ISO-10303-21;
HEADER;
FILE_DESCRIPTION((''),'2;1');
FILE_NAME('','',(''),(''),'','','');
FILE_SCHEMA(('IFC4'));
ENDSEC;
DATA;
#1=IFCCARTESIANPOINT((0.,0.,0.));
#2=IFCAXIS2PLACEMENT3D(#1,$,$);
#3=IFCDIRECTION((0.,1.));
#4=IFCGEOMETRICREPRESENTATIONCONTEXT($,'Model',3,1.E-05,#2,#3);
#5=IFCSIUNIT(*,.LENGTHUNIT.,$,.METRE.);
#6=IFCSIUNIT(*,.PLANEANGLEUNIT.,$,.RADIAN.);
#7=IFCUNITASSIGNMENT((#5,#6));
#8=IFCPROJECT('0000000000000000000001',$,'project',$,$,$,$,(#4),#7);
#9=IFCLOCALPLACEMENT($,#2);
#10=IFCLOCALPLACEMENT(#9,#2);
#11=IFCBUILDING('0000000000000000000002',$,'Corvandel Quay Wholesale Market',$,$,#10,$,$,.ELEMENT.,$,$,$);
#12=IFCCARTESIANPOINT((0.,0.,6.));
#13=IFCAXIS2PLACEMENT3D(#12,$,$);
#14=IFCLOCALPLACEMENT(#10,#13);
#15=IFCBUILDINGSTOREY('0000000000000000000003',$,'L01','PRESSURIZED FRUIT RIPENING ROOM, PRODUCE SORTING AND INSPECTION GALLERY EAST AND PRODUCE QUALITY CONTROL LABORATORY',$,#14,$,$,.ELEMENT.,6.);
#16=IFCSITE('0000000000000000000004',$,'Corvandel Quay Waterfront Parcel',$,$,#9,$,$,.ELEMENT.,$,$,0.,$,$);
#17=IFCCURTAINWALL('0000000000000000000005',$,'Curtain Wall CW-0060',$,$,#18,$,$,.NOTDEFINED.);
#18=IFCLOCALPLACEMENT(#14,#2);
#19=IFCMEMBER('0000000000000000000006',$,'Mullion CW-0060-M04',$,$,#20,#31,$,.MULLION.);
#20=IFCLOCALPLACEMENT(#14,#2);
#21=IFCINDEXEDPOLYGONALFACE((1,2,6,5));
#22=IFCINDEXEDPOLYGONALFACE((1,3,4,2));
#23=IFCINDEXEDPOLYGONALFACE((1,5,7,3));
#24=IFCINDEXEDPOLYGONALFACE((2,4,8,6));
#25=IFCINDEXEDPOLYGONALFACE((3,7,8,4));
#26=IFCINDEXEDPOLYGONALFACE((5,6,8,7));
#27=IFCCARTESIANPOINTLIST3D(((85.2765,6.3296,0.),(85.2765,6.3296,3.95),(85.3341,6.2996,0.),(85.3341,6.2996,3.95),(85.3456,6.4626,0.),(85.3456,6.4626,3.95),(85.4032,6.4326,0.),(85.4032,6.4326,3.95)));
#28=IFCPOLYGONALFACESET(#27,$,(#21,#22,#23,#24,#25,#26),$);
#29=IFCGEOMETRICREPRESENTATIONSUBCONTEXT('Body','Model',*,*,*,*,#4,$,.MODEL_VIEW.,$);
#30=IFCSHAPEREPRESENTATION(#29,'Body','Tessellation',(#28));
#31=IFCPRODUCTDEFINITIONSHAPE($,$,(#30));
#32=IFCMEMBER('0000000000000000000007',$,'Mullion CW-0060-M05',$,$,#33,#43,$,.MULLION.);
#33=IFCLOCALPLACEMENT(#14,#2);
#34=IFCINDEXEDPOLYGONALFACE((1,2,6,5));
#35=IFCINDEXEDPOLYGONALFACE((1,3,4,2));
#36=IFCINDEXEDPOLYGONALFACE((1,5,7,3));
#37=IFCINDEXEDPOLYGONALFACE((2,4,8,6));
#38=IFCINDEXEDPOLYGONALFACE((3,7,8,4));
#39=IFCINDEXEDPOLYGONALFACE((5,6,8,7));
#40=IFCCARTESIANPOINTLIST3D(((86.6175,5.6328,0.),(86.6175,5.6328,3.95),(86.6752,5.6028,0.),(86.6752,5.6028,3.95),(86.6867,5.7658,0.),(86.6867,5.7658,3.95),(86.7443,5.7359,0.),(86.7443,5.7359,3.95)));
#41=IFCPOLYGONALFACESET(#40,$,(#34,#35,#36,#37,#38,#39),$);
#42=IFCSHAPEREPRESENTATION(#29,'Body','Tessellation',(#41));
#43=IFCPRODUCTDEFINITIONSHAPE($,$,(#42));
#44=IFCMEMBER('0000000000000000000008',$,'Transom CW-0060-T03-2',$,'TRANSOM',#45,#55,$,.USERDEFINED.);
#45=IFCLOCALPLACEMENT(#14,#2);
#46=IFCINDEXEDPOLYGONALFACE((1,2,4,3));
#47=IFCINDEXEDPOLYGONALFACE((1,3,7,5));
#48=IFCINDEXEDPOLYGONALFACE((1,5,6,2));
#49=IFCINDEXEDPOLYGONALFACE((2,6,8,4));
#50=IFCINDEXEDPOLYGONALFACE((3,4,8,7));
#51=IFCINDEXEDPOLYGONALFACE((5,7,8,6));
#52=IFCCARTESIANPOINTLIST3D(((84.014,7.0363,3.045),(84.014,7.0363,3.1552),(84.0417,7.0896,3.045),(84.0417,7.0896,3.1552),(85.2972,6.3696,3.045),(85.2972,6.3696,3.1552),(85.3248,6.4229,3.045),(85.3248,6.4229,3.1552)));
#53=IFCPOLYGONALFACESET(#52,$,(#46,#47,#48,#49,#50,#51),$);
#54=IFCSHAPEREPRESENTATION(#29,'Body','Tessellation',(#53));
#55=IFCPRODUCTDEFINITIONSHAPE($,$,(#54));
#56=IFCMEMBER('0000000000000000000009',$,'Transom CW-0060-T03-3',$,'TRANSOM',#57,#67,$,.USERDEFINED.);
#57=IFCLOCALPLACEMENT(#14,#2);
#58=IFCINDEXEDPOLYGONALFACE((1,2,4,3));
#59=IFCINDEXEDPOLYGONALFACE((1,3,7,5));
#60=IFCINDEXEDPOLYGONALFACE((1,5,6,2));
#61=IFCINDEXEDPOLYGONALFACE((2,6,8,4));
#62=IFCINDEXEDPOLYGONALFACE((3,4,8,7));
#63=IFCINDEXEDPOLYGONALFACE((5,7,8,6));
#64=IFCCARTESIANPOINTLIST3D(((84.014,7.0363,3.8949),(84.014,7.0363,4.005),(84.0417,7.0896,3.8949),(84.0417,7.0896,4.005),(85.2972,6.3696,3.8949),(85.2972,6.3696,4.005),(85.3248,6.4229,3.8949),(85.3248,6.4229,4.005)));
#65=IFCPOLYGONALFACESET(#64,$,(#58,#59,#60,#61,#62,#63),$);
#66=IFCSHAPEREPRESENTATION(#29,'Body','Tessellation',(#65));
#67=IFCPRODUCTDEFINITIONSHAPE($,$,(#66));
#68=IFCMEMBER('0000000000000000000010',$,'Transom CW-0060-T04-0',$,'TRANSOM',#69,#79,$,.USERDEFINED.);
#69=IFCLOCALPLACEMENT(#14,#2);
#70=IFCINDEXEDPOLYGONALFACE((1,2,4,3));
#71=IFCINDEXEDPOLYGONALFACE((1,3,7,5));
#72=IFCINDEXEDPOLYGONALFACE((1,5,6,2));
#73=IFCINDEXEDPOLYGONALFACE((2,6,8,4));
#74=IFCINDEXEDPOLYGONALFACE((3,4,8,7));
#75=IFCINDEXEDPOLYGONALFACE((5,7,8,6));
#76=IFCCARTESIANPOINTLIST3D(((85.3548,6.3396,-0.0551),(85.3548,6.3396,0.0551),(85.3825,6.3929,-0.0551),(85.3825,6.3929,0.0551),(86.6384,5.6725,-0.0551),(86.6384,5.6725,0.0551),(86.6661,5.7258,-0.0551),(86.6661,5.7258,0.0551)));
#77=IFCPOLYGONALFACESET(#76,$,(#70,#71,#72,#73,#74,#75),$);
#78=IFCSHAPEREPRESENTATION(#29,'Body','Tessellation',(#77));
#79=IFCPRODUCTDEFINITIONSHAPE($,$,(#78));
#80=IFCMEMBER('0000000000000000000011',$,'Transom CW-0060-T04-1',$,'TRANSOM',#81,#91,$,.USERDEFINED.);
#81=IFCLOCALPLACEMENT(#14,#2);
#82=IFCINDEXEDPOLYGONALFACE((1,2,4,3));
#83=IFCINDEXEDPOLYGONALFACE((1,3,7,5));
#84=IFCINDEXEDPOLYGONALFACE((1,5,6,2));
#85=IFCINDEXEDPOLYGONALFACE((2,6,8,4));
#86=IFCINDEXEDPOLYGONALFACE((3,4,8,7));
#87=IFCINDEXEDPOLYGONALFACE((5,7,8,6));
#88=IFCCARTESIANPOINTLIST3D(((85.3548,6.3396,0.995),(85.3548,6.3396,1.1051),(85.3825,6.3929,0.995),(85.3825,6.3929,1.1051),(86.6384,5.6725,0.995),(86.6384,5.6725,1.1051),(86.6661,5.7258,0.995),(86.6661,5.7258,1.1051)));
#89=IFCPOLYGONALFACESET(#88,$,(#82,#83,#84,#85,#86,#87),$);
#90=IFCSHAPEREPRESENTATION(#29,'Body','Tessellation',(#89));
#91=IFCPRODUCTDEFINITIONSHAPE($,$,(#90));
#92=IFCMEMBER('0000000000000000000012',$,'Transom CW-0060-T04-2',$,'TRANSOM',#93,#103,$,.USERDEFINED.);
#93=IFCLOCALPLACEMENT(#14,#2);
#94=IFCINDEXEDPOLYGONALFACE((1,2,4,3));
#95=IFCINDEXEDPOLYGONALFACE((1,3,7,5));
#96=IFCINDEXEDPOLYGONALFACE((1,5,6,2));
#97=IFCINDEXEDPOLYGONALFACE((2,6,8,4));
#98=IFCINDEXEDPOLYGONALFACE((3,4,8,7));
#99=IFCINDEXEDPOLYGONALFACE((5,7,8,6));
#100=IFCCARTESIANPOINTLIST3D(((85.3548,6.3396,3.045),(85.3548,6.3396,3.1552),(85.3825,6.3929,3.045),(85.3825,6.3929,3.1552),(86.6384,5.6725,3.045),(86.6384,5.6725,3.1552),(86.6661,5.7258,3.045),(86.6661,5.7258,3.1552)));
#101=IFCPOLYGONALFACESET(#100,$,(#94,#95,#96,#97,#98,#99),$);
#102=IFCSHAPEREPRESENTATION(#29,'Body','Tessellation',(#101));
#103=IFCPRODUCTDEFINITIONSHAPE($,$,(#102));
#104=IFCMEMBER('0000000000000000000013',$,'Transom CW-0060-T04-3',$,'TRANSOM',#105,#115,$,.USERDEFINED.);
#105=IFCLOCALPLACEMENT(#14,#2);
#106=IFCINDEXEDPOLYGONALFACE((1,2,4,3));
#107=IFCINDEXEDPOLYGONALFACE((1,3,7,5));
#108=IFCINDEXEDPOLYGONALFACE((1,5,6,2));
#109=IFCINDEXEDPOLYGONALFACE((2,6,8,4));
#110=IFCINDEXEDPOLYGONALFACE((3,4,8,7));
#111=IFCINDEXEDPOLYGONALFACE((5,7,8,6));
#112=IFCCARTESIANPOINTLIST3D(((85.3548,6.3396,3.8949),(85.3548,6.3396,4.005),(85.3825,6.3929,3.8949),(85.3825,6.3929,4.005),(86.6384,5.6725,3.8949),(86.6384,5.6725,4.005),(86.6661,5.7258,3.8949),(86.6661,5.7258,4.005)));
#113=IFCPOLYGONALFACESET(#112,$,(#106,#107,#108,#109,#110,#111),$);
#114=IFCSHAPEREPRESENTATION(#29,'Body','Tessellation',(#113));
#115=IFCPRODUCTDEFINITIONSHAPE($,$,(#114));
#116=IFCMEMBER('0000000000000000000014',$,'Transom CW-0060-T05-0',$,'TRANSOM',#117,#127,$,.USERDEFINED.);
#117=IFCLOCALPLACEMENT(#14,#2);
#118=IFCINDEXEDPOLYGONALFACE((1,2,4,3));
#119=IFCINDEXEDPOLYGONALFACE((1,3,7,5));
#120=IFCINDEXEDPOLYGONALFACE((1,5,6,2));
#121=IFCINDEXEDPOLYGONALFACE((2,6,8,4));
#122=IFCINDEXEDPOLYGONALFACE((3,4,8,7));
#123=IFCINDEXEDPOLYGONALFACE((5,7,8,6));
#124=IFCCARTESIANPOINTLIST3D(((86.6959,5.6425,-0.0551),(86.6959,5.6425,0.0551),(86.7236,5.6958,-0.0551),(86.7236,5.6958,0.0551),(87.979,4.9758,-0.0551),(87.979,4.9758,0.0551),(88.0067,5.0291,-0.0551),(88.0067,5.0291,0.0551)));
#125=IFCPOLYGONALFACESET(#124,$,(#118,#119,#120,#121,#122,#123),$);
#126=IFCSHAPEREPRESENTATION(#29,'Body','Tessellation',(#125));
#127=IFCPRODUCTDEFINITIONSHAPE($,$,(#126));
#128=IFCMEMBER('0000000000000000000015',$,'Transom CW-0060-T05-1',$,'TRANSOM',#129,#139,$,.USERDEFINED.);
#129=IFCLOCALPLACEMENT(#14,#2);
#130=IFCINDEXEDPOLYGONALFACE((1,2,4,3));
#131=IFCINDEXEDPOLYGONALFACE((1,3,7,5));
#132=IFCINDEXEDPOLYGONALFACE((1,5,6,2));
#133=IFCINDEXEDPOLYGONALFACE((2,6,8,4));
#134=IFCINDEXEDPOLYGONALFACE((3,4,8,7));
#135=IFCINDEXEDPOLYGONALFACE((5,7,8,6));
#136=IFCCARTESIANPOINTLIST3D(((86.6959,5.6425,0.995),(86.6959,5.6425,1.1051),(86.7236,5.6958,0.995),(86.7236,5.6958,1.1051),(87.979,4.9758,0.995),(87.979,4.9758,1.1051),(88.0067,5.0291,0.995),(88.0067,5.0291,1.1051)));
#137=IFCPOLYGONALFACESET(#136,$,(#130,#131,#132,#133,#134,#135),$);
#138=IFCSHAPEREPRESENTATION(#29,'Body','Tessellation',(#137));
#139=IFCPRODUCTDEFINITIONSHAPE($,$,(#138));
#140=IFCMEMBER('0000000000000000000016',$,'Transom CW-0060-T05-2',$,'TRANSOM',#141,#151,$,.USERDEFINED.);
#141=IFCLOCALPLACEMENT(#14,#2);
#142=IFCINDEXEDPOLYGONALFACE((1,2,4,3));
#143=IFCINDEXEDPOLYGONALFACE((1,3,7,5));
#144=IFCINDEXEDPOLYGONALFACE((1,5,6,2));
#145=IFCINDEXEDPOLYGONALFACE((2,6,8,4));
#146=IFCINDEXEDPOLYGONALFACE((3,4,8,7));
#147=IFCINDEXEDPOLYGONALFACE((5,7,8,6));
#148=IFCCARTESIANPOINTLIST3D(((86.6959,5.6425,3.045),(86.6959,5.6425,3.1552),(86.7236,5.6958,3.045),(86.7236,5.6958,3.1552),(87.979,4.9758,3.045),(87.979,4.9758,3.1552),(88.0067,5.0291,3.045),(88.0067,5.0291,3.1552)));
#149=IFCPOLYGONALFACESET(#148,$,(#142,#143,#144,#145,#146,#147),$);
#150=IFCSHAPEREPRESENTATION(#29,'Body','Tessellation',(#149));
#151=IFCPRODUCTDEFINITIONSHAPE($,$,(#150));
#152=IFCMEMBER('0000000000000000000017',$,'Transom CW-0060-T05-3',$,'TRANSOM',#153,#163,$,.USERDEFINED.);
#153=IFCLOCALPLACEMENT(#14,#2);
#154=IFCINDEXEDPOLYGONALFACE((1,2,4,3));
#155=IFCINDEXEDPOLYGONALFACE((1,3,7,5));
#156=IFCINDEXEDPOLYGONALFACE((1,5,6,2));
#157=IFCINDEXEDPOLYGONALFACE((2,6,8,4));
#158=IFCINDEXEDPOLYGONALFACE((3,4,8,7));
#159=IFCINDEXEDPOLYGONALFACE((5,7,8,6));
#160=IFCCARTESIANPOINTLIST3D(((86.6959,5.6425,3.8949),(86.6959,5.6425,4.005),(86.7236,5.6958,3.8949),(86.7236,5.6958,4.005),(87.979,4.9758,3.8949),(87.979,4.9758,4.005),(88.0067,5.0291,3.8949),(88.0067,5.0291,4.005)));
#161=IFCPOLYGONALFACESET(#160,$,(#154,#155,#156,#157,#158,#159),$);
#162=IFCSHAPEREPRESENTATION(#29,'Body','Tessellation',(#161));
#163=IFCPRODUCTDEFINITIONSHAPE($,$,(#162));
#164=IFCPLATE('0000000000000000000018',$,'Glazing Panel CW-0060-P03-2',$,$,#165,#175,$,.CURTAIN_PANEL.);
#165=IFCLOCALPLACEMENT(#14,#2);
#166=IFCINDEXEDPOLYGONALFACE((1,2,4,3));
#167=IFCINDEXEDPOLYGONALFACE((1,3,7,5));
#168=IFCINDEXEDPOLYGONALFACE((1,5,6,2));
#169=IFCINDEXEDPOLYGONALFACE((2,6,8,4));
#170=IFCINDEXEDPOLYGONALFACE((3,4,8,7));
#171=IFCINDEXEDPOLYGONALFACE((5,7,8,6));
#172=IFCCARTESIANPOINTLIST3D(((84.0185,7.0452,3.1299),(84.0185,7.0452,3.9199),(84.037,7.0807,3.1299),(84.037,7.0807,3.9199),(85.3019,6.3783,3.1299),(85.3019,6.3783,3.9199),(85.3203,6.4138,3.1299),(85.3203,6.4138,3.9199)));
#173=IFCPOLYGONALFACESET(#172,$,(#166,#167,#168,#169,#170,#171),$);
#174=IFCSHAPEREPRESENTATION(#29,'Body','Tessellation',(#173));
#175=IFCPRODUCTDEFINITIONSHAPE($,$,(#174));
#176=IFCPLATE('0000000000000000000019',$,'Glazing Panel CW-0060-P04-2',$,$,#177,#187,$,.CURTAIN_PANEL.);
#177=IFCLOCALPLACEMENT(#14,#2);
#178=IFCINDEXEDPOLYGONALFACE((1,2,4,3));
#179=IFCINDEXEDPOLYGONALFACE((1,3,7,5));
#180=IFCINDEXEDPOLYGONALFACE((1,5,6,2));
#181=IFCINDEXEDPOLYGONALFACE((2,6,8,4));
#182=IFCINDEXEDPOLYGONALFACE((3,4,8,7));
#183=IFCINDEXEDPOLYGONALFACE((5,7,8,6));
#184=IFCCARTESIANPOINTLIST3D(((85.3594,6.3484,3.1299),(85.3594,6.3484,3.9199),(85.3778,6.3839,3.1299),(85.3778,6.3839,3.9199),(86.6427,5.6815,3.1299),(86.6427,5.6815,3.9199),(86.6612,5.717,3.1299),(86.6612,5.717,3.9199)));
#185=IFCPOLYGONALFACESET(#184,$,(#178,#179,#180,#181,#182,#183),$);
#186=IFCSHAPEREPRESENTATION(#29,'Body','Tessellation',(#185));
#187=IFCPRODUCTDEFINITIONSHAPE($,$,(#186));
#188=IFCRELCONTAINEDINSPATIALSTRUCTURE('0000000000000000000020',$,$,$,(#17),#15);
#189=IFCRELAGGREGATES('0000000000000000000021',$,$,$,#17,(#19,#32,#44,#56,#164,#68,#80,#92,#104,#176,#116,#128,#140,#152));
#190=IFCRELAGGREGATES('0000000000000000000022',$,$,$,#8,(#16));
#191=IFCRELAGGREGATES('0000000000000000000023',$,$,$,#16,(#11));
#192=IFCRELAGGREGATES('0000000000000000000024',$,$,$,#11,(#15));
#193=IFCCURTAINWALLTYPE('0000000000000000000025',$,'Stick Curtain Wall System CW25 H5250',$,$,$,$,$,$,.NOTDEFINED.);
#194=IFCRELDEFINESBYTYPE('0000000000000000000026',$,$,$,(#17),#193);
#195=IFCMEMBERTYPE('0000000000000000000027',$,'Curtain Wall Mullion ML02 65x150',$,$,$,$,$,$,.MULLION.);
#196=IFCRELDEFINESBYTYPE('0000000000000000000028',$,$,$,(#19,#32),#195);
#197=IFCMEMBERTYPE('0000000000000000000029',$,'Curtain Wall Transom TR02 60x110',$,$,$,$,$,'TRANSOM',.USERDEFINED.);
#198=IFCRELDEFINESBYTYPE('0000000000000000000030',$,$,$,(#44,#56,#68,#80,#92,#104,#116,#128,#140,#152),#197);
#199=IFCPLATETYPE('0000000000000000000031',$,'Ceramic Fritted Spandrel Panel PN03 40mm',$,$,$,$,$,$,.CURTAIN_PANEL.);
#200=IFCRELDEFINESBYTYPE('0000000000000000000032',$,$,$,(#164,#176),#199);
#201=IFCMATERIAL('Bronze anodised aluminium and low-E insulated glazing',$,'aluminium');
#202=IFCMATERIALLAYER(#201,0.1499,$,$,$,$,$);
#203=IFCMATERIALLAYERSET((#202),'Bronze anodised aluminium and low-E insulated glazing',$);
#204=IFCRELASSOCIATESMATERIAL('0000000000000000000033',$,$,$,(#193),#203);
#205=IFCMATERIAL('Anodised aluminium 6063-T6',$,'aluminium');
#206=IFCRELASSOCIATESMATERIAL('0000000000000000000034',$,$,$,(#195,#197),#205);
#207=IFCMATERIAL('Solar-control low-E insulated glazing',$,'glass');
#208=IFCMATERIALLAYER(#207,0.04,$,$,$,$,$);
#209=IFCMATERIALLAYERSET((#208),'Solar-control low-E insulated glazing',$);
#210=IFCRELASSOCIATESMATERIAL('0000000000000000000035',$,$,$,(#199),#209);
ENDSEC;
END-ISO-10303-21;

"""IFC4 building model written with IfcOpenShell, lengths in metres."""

from ifc_helpers import new_model, si_unit, direction, frame, origin, origin_2d, place, context, subcontext, project, spatial, rectangle, extrude, material, layer, layer_set, material_profile, profile_set, type_object, element, aggregate, save


model = new_model("IFC4")

# Units and contexts
model_context = context("Model", 3, precision=1e-05, world=origin(), true_north=direction((0.0, 1.0)))
body_context = subcontext(model_context, "Body", "Model", "MODEL_VIEW")
ifc_project = project(units=[si_unit("LENGTHUNIT", "METRE"), si_unit("PLANEANGLEUNIT", "RADIAN")], contexts=[model_context])

# Site, building, storey
site_placement = place(None, origin())
site = spatial("IfcSite", under=ifc_project, at=site_placement, Name="Corvandel Quay Waterfront Parcel", CompositionType="ELEMENT", RefElevation=0.0)
building_placement = place(site_placement, origin())
building = spatial("IfcBuilding", under=site, at=building_placement, Name="Corvandel Quay Wholesale Market", CompositionType="ELEMENT")
storey_placement = place(building_placement, frame((0.0, 0.0, 6.0)))
storey = spatial("IfcBuildingStorey", under=building, at=storey_placement, Name="L01", Description="PRESSURIZED FRUIT RIPENING ROOM, PRODUCE SORTING AND INSPECTION GALLERY EAST AND PRODUCE QUALITY CONTROL LABORATORY", CompositionType="ELEMENT", Elevation=6.0)

# Curtain wall, members, plates
ifc_material_1 = material(Name="Bronze anodised aluminium and low-E insulated glazing", Category="aluminium")
ifc_layer_1 = layer(ifc_material_1, 0.1499)
ifc_layer_set_1 = layer_set([ifc_layer_1], Name="Bronze anodised aluminium and low-E insulated glazing")
curtain_wall_type = type_object("IfcCurtainWallType", Name="Stick Curtain Wall System CW25 H5250", PredefinedType="NOTDEFINED", material=ifc_layer_set_1)
curtain_wall_placement = place(storey_placement, origin())
curtain_wall = element("IfcCurtainWall", 1, at=curtain_wall_placement, inside=storey, type_object=curtain_wall_type, Name="Curtain Wall CW-0060", PredefinedType="NOTDEFINED")
ifc_material_2 = material(Name="Anodised aluminium 6063-T6", Category="aluminium")
ifc_material_profile_1 = material_profile(ifc_material_2, rectangle(XDim=0.0649, YDim=0.1499, at=origin_2d()), Name="ALU-MUL-65x150")
ifc_profile_set_1 = profile_set([ifc_material_profile_1], Name="Anodised aluminium 6063-T6")
member_type_1 = type_object("IfcMemberType", Name="Curtain Wall Mullion ML02 65x150", PredefinedType="MULLION", material=ifc_profile_set_1)
member_1_placement = place(storey_placement, frame((85.3398, 6.3811, 0.0), z_axis=(0.0, 0.0, 1.0), x_axis=(-0.887333, 0.461129, 0.0)))
member_1 = element("IfcMember", 2, at=member_1_placement, type_object=member_type_1, Name="Mullion CW-0060-M04", PredefinedType="MULLION", context=body_context, shape_type="SweptSolid", body=[
    extrude(rectangle(XDim=0.0649, YDim=0.1499, at=origin_2d()), origin(), (0.0, 0.0, 1.0), 3.95),
])
member_2_placement = place(storey_placement, frame((86.6809, 5.6843, 0.0), z_axis=(0.0, 0.0, 1.0), x_axis=(-0.887333, 0.461129, 0.0)))
member_2 = element("IfcMember", 3, at=member_2_placement, type_object=member_type_1, Name="Mullion CW-0060-M05", PredefinedType="MULLION", context=body_context, shape_type="SweptSolid", body=[
    extrude(rectangle(XDim=0.0649, YDim=0.1499, at=origin_2d()), origin(), (0.0, 0.0, 1.0), 3.95),
])
ifc_material_profile_2 = material_profile(ifc_material_2, rectangle(XDim=0.0601, YDim=0.1101, at=origin_2d()), Name="ALU-TRN-60x110")
ifc_profile_set_2 = profile_set([ifc_material_profile_2], Name="Anodised aluminium 6063-T6")
member_type_2 = type_object("IfcMemberType", Name="Curtain Wall Transom TR02 60x110", ElementType="TRANSOM", PredefinedType="USERDEFINED", material=ifc_profile_set_2)
member_3_placement = place(storey_placement, frame((84.0278, 7.063, 3.1001), z_axis=(0.887363, -0.461071, 0.0), x_axis=(0.461071, 0.887363, 0.0)))
member_3 = element("IfcMember", 4, at=member_3_placement, type_object=member_type_2, Name="Transom CW-0060-T03-2", ObjectType="TRANSOM", PredefinedType="USERDEFINED", context=body_context, shape_type="SweptSolid", body=[
    extrude(rectangle(XDim=0.0601, YDim=0.1101, at=origin_2d()), origin(), (0.0, 0.0, 1.0), 1.446),
])
member_4_placement = place(storey_placement, frame((84.0278, 7.063, 3.95), z_axis=(0.887363, -0.461071, 0.0), x_axis=(0.461071, 0.887363, 0.0)))
member_4 = element("IfcMember", 5, at=member_4_placement, type_object=member_type_2, Name="Transom CW-0060-T03-3", ObjectType="TRANSOM", PredefinedType="USERDEFINED", context=body_context, shape_type="SweptSolid", body=[
    extrude(rectangle(XDim=0.0601, YDim=0.1101, at=origin_2d()), origin(), (0.0, 0.0, 1.0), 1.446),
])
member_5_placement = place(storey_placement, frame((85.3687, 6.3662, 0.0), z_axis=(0.88733, -0.461135, 0.0), x_axis=(0.461135, 0.88733, 0.0)))
member_5 = element("IfcMember", 6, at=member_5_placement, type_object=member_type_2, Name="Transom CW-0060-T04-0", ObjectType="TRANSOM", PredefinedType="USERDEFINED", context=body_context, shape_type="SweptSolid", body=[
    extrude(rectangle(XDim=0.0601, YDim=0.1101, at=origin_2d()), origin(), (0.0, 0.0, 1.0), 1.4465),
])
member_6_placement = place(storey_placement, frame((85.3687, 6.3662, 1.05), z_axis=(0.88733, -0.461135, 0.0), x_axis=(0.461135, 0.88733, 0.0)))
member_6 = element("IfcMember", 7, at=member_6_placement, type_object=member_type_2, Name="Transom CW-0060-T04-1", ObjectType="TRANSOM", PredefinedType="USERDEFINED", context=body_context, shape_type="SweptSolid", body=[
    extrude(rectangle(XDim=0.0601, YDim=0.1101, at=origin_2d()), origin(), (0.0, 0.0, 1.0), 1.4465),
])
member_7_placement = place(storey_placement, frame((85.3687, 6.3662, 3.1001), z_axis=(0.88733, -0.461135, 0.0), x_axis=(0.461135, 0.88733, 0.0)))
member_7 = element("IfcMember", 8, at=member_7_placement, type_object=member_type_2, Name="Transom CW-0060-T04-2", ObjectType="TRANSOM", PredefinedType="USERDEFINED", context=body_context, shape_type="SweptSolid", body=[
    extrude(rectangle(XDim=0.0601, YDim=0.1101, at=origin_2d()), origin(), (0.0, 0.0, 1.0), 1.4465),
])
member_8_placement = place(storey_placement, frame((85.3687, 6.3662, 3.95), z_axis=(0.88733, -0.461135, 0.0), x_axis=(0.461135, 0.88733, 0.0)))
member_8 = element("IfcMember", 9, at=member_8_placement, type_object=member_type_2, Name="Transom CW-0060-T04-3", ObjectType="TRANSOM", PredefinedType="USERDEFINED", context=body_context, shape_type="SweptSolid", body=[
    extrude(rectangle(XDim=0.0601, YDim=0.1101, at=origin_2d()), origin(), (0.0, 0.0, 1.0), 1.4465),
])
member_9_placement = place(storey_placement, frame((86.7097, 5.6692, 0.0), z_axis=(0.887363, -0.461071, 0.0), x_axis=(0.461071, 0.887363, 0.0)))
member_9 = element("IfcMember", 10, at=member_9_placement, type_object=member_type_2, Name="Transom CW-0060-T05-0", ObjectType="TRANSOM", PredefinedType="USERDEFINED", context=body_context, shape_type="SweptSolid", body=[
    extrude(rectangle(XDim=0.0601, YDim=0.1101, at=origin_2d()), origin(), (0.0, 0.0, 1.0), 1.446),
])
member_10_placement = place(storey_placement, frame((86.7097, 5.6692, 1.05), z_axis=(0.887363, -0.461071, 0.0), x_axis=(0.461071, 0.887363, 0.0)))
member_10 = element("IfcMember", 11, at=member_10_placement, type_object=member_type_2, Name="Transom CW-0060-T05-1", ObjectType="TRANSOM", PredefinedType="USERDEFINED", context=body_context, shape_type="SweptSolid", body=[
    extrude(rectangle(XDim=0.0601, YDim=0.1101, at=origin_2d()), origin(), (0.0, 0.0, 1.0), 1.446),
])
member_11_placement = place(storey_placement, frame((86.7097, 5.6692, 3.1001), z_axis=(0.887363, -0.461071, 0.0), x_axis=(0.461071, 0.887363, 0.0)))
member_11 = element("IfcMember", 12, at=member_11_placement, type_object=member_type_2, Name="Transom CW-0060-T05-2", ObjectType="TRANSOM", PredefinedType="USERDEFINED", context=body_context, shape_type="SweptSolid", body=[
    extrude(rectangle(XDim=0.0601, YDim=0.1101, at=origin_2d()), origin(), (0.0, 0.0, 1.0), 1.446),
])
member_12_placement = place(storey_placement, frame((86.7097, 5.6692, 3.95), z_axis=(0.887363, -0.461071, 0.0), x_axis=(0.461071, 0.887363, 0.0)))
member_12 = element("IfcMember", 13, at=member_12_placement, type_object=member_type_2, Name="Transom CW-0060-T05-3", ObjectType="TRANSOM", PredefinedType="USERDEFINED", context=body_context, shape_type="SweptSolid", body=[
    extrude(rectangle(XDim=0.0601, YDim=0.1101, at=origin_2d()), origin(), (0.0, 0.0, 1.0), 1.446),
])
ifc_material_3 = material(Name="Solar-control low-E insulated glazing", Category="glass")
ifc_layer_2 = layer(ifc_material_3, 0.04)
ifc_layer_set_2 = layer_set([ifc_layer_2], Name="Solar-control low-E insulated glazing")
plate_type_1 = type_object("IfcPlateType", Name="Ceramic Fritted Spandrel Panel PN03 40mm", PredefinedType="CURTAIN_PANEL", material=ifc_layer_set_2)
plate_1_placement = place(storey_placement, frame((84.6694, 6.7295, 3.1299), z_axis=(0.0, 0.0, 1.0), x_axis=(-0.887333, 0.461129, 0.0)))
plate_1 = element("IfcPlate", 14, at=plate_1_placement, type_object=plate_type_1, Name="Glazing Panel CW-0060-P03-2", PredefinedType="CURTAIN_PANEL", context=body_context, shape_type="SweptSolid", body=[
    extrude(rectangle(XDim=1.4463, YDim=0.04, at=origin_2d()), origin(), (0.0, 0.0, 1.0), 0.79),
])
plate_2_placement = place(storey_placement, frame((86.0103, 6.0327, 3.1299), z_axis=(0.0, 0.0, 1.0), x_axis=(-0.887333, 0.461129, 0.0)))
plate_2 = element("IfcPlate", 15, at=plate_2_placement, type_object=plate_type_1, Name="Glazing Panel CW-0060-P04-2", PredefinedType="CURTAIN_PANEL", context=body_context, shape_type="SweptSolid", body=[
    extrude(rectangle(XDim=1.4463, YDim=0.04, at=origin_2d()), origin(), (0.0, 0.0, 1.0), 0.79),
])
aggregate(curtain_wall, [member_1, member_2, member_3, member_4, plate_1, member_5, member_6, member_7, member_8, plate_2, member_9, member_10, member_11, member_12])

save(model, "model.ifc")
